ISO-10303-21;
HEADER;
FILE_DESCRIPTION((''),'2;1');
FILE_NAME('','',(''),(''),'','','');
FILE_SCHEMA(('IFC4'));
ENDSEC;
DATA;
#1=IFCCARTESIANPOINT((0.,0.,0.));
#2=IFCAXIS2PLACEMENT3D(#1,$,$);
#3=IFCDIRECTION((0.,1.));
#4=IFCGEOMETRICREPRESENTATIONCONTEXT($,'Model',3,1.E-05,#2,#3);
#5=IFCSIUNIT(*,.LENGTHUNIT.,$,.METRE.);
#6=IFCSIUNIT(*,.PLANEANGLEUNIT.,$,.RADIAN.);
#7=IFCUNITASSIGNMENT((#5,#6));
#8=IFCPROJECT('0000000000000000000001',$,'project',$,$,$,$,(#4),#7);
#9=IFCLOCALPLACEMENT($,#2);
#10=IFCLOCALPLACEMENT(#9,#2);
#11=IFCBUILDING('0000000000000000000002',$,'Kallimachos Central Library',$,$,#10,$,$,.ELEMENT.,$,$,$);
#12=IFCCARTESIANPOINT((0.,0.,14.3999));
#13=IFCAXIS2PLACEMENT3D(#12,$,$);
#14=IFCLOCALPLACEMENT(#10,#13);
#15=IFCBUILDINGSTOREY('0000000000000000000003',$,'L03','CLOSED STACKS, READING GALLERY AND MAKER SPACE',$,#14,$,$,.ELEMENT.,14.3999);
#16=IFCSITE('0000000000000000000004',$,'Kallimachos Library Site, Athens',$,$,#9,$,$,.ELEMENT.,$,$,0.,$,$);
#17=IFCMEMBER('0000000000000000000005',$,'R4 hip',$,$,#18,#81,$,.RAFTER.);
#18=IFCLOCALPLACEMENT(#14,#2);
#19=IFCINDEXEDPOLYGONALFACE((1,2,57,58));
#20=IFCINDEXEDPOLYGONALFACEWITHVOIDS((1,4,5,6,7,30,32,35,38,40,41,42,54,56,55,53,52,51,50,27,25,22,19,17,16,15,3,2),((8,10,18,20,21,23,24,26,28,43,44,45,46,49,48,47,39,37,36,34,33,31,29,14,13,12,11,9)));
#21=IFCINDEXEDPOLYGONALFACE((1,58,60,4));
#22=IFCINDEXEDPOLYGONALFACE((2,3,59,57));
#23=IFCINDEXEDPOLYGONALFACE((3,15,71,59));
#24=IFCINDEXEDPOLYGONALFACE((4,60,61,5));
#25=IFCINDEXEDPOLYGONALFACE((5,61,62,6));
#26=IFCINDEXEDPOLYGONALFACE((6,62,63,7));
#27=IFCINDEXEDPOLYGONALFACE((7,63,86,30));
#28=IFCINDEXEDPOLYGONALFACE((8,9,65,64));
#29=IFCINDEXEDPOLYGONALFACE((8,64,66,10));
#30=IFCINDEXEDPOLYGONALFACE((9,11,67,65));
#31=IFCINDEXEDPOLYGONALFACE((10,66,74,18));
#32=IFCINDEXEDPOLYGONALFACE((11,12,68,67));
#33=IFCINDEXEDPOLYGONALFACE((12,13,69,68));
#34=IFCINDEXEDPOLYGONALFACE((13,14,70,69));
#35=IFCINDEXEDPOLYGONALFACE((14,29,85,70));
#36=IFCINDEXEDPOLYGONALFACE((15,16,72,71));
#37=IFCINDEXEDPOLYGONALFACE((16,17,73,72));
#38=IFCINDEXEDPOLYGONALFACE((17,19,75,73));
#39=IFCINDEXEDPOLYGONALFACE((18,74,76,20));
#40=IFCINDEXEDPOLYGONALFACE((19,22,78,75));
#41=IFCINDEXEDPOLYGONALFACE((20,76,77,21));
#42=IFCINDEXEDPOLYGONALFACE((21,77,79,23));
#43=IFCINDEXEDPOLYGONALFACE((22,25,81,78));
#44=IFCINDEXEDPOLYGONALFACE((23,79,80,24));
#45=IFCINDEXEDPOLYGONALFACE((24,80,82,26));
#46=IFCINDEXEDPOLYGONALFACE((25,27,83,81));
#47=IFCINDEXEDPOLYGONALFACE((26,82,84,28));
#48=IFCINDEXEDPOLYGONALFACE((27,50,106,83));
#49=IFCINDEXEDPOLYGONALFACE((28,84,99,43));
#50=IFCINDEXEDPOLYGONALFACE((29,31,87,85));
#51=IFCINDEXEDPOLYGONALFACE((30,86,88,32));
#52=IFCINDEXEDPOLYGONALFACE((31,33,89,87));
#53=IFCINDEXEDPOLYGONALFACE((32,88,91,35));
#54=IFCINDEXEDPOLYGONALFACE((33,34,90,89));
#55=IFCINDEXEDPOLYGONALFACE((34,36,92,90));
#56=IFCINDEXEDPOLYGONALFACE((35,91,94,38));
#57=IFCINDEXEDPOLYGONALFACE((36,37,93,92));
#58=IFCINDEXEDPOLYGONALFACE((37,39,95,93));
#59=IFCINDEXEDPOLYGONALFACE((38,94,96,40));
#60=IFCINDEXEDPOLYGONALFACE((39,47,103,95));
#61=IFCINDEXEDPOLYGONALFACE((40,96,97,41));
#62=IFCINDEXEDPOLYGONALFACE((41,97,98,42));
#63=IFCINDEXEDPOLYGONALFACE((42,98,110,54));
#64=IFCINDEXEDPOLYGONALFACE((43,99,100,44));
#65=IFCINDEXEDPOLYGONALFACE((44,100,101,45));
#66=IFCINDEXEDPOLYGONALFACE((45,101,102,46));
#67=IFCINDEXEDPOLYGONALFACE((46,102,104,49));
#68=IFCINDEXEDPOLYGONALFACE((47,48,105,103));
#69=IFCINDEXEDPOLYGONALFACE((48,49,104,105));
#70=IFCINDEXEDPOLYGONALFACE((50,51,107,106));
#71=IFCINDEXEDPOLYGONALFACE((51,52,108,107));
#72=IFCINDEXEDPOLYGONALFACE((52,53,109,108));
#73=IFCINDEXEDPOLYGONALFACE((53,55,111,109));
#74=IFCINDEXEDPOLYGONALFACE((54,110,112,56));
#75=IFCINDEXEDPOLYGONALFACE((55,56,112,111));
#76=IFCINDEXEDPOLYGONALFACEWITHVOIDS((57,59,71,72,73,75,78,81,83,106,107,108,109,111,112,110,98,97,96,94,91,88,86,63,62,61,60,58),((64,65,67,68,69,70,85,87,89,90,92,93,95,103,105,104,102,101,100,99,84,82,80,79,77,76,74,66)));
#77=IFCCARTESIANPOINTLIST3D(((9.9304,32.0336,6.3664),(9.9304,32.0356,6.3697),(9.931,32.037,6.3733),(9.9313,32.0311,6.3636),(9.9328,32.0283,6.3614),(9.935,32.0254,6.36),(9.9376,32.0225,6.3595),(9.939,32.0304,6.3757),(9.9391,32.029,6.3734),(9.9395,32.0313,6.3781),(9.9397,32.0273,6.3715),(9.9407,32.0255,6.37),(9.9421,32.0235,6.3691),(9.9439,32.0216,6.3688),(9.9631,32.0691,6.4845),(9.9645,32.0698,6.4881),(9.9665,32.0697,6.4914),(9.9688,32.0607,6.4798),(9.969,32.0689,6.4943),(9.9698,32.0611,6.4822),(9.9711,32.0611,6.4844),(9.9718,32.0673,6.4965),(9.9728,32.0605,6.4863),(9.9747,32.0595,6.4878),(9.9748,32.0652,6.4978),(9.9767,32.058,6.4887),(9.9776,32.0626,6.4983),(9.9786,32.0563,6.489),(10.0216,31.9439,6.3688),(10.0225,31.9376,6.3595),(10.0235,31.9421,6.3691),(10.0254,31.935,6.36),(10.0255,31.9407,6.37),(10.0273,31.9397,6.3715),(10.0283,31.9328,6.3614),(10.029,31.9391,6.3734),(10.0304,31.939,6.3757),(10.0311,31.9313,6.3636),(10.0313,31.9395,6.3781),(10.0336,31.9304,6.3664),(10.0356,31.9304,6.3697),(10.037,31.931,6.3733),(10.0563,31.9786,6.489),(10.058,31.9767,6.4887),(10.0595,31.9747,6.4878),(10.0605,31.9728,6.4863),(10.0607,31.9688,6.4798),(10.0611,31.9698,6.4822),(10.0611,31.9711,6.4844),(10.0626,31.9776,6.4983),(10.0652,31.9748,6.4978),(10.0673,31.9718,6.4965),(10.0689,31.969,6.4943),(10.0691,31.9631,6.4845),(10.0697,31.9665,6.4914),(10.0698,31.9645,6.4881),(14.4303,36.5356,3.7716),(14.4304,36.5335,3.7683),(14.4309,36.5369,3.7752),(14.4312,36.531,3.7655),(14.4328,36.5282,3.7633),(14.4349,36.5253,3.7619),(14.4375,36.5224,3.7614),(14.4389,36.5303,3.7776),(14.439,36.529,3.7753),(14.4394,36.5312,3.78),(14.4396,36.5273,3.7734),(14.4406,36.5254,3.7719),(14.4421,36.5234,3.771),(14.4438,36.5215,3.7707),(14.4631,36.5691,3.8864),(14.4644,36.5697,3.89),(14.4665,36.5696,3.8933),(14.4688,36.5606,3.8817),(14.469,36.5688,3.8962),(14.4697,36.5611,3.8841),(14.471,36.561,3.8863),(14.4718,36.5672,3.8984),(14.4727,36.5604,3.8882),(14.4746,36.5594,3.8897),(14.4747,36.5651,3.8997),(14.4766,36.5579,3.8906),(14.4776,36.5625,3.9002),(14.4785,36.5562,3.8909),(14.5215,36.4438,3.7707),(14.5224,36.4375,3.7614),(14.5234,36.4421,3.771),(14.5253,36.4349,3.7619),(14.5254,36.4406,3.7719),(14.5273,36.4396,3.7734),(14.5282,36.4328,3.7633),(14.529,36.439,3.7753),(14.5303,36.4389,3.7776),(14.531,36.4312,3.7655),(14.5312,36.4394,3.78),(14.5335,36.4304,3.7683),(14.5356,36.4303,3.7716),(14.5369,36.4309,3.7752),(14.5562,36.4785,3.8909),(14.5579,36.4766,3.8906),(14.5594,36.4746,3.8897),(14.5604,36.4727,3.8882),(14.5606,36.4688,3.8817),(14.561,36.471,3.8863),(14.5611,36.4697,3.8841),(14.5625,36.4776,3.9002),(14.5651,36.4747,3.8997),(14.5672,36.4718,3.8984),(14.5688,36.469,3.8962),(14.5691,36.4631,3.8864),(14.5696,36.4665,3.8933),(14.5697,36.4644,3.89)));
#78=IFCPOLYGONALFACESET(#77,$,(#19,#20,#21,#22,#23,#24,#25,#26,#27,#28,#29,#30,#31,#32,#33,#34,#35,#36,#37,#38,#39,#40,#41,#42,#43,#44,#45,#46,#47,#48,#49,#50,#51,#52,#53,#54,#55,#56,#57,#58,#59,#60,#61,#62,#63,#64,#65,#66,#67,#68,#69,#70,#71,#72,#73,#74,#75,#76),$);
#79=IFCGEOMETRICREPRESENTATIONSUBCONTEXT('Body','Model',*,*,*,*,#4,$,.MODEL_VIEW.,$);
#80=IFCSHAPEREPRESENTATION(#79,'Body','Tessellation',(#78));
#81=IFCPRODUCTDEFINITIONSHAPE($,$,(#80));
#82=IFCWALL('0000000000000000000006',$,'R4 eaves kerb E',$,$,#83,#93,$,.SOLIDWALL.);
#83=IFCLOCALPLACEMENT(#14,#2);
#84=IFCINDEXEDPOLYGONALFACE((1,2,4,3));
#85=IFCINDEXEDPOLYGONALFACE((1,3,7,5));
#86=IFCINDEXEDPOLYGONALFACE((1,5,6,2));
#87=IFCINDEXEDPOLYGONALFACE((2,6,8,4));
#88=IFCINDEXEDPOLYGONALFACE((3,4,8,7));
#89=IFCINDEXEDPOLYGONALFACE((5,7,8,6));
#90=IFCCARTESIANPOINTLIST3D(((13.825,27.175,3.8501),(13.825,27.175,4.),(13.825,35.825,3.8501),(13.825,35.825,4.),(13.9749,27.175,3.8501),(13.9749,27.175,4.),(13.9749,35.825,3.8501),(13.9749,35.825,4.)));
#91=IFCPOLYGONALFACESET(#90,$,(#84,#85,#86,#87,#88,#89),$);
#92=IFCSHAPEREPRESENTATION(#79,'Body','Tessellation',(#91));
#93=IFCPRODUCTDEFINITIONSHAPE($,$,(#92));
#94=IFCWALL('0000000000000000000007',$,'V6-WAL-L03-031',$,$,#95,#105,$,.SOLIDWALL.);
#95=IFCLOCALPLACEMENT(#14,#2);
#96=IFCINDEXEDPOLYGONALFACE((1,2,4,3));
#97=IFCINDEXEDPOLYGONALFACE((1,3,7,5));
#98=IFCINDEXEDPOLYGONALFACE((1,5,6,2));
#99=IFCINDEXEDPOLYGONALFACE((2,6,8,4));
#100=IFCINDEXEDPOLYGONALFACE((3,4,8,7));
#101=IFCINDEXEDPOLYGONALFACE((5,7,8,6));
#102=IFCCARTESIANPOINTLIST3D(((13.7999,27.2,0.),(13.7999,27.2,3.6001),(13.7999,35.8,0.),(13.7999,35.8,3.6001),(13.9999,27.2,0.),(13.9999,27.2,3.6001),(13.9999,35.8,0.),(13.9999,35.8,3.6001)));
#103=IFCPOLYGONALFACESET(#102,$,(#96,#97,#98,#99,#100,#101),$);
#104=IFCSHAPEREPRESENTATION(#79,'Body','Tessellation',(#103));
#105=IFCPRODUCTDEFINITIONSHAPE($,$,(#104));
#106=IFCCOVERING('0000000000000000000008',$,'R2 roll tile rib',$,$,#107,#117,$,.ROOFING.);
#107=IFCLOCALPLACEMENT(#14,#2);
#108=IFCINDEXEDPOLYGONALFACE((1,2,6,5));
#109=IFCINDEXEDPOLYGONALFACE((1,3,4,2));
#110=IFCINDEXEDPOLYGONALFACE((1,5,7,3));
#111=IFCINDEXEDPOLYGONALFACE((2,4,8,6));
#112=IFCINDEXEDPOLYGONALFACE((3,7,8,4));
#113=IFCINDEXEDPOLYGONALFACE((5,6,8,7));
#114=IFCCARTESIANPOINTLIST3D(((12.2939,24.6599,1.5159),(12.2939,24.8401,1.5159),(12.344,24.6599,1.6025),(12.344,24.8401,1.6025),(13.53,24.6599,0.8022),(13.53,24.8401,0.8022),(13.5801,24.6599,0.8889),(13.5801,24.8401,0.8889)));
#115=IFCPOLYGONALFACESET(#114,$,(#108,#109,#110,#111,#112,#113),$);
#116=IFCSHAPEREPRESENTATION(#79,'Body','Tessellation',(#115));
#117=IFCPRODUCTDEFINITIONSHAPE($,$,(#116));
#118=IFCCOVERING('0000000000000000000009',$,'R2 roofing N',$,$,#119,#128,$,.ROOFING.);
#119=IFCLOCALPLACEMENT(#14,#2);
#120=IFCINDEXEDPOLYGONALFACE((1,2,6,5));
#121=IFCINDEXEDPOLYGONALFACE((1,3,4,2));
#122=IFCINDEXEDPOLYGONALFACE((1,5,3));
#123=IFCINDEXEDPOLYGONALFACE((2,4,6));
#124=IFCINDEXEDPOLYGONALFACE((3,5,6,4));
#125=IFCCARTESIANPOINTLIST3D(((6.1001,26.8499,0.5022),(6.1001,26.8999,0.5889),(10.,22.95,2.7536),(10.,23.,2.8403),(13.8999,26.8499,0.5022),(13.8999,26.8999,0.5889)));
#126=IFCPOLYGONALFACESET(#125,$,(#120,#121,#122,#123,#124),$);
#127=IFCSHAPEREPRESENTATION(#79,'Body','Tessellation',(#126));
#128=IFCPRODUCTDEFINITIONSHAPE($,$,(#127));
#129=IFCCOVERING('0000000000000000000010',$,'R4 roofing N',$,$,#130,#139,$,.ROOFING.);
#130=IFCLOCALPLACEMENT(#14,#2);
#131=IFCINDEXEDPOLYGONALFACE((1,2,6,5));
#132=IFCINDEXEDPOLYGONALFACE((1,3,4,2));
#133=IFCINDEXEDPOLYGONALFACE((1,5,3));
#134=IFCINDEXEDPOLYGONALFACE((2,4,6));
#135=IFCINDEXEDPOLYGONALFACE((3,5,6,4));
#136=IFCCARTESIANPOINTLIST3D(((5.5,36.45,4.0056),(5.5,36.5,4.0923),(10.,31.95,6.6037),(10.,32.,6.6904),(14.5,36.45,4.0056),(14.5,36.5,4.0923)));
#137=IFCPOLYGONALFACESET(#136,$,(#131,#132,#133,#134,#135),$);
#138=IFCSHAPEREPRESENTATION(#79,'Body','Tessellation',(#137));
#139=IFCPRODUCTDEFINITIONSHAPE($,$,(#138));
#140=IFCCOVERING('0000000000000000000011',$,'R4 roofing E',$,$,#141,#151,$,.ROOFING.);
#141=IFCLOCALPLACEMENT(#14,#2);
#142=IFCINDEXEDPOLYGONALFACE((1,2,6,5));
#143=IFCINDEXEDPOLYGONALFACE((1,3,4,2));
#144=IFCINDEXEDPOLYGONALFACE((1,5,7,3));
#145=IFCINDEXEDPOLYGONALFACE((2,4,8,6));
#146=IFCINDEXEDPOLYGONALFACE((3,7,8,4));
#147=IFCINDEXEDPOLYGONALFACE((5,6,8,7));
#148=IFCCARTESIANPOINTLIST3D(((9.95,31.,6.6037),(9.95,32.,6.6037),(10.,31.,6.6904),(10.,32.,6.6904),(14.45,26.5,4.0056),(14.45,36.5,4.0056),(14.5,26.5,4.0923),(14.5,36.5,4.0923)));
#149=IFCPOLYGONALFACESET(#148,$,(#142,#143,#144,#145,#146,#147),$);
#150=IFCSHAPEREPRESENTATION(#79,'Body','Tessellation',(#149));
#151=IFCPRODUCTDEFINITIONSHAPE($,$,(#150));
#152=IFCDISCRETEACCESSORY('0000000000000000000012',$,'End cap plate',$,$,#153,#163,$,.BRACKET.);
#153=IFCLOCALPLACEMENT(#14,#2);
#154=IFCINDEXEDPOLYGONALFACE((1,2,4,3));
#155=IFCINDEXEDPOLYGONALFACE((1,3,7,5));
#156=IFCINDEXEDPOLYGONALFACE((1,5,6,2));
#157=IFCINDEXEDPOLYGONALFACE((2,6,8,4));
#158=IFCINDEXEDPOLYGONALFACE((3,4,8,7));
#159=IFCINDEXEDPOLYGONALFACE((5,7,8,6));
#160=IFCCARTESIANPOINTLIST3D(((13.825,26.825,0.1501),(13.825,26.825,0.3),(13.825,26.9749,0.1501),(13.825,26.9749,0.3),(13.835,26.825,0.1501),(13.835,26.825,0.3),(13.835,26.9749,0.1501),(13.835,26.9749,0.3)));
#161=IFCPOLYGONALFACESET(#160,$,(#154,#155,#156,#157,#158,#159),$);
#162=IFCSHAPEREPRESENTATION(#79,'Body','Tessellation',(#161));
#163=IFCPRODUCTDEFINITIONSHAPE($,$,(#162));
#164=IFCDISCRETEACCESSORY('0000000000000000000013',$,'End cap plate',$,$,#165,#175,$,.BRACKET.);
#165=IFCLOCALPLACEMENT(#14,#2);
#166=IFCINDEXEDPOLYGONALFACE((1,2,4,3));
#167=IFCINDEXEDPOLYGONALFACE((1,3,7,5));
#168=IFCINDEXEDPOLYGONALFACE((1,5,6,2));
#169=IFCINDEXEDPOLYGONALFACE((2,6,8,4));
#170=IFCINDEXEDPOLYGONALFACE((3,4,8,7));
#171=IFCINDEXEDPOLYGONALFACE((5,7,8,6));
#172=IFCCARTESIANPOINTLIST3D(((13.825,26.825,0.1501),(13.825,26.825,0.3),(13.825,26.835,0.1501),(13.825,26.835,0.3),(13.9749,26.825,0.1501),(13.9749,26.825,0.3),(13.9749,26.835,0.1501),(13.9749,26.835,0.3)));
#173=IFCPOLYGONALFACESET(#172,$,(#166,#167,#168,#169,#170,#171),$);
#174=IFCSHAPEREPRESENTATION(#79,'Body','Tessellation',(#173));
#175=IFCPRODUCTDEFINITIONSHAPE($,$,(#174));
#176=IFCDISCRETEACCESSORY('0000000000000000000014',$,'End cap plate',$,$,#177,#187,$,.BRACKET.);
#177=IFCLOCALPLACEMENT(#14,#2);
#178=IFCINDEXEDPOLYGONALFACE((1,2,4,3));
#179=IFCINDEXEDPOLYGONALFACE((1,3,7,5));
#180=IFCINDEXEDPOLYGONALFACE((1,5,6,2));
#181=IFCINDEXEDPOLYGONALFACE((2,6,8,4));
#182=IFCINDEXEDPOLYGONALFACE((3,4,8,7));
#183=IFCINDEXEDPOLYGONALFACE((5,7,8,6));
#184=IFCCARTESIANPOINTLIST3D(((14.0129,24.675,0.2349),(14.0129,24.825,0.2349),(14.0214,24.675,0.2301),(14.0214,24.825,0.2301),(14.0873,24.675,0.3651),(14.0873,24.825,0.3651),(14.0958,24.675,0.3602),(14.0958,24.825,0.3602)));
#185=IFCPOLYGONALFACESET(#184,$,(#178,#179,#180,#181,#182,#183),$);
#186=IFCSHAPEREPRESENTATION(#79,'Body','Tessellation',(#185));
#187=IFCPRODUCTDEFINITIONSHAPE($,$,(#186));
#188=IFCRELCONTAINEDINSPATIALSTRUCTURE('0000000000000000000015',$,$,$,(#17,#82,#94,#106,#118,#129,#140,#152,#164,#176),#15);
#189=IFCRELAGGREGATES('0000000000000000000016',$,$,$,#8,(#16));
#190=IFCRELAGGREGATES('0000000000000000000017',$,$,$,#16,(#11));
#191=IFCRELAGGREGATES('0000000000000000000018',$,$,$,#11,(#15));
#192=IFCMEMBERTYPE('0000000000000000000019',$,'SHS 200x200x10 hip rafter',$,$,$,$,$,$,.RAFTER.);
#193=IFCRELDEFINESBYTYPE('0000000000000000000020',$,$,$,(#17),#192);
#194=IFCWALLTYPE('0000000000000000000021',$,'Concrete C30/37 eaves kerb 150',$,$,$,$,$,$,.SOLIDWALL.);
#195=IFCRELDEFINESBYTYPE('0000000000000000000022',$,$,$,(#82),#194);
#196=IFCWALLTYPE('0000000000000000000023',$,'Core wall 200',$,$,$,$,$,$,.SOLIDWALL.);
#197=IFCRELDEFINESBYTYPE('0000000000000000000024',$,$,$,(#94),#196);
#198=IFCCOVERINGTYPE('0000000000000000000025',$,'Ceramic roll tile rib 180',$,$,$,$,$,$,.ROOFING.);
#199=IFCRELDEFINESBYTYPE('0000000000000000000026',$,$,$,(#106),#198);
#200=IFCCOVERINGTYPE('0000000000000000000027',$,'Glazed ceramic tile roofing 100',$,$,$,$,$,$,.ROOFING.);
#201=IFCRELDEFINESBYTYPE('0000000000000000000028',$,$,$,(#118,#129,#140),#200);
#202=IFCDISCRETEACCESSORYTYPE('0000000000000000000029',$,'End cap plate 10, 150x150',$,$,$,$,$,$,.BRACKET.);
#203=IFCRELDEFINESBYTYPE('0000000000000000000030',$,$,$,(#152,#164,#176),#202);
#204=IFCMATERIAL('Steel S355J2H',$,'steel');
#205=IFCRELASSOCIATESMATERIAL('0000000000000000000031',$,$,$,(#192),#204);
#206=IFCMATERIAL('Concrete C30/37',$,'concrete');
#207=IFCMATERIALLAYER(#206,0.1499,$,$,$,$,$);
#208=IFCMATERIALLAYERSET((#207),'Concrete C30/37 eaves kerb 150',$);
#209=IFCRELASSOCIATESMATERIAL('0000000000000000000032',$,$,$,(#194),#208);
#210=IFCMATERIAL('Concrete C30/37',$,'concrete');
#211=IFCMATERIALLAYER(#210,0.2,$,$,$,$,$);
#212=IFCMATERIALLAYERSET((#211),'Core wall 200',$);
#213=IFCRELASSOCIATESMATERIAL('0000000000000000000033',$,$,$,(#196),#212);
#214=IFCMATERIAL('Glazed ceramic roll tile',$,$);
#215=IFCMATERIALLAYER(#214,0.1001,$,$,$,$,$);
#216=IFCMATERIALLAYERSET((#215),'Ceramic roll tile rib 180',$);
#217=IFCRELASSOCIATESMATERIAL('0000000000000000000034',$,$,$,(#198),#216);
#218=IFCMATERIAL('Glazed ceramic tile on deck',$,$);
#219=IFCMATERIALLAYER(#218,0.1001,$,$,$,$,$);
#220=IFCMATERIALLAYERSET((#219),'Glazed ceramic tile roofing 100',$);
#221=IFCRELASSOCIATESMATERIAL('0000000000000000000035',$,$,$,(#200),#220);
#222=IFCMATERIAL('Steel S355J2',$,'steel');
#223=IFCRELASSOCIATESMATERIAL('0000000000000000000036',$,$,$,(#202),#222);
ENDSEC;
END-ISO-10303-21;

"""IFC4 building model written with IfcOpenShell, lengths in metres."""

from ifc_helpers import new_model, si_unit, direction, frame, frame_2d, origin, origin_2d, place, context, subcontext, project, spatial, polyline, rectangle, hollow_rectangle, outline, extrude, material, layer, layer_set, material_profile, profile_set, type_object, element, save


model = new_model("IFC4")

# Units and contexts
model_context = context("Model", 3, precision=1e-05, world=origin(), true_north=direction((0.0, 1.0)))
body_context = subcontext(model_context, "Body", "Model", "MODEL_VIEW")
ifc_project = project(units=[si_unit("LENGTHUNIT", "METRE"), si_unit("PLANEANGLEUNIT", "RADIAN")], contexts=[model_context])

# Site, building, storey
site_placement = place(None, origin())
site = spatial("IfcSite", under=ifc_project, at=site_placement, Name="Kallimachos Library Site, Athens", CompositionType="ELEMENT", RefElevation=0.0)
building_placement = place(site_placement, origin())
building = spatial("IfcBuilding", under=site, at=building_placement, Name="Kallimachos Central Library", CompositionType="ELEMENT")
storey_placement = place(building_placement, frame((0.0, 0.0, 14.3999)))
storey = spatial("IfcBuildingStorey", under=building, at=storey_placement, Name="L03", Description="CLOSED STACKS, READING GALLERY AND MAKER SPACE", CompositionType="ELEMENT", Elevation=14.3999)

# Member
ifc_material_1 = material(Name="Steel S355J2H", Category="steel")
ifc_material_profile_1 = material_profile(ifc_material_1, hollow_rectangle(XDim=0.1499, YDim=0.1499, WallThickness=0.01, InnerFilletRadius=0.01, OuterFilletRadius=0.0149, at=origin_2d()), Name="SHS 150x150x10")
ifc_profile_set_1 = profile_set([ifc_material_profile_1], Name="Steel S355J2H")
member_type_1 = type_object("IfcMemberType", Name="SHS 200x200x10 hip rafter", PredefinedType="RAFTER", material=ifc_profile_set_1)
for number, where, z_axis, x_axis, name in (
    (1, (14.5, 36.5, 3.8308), (-0.654651, -0.654651, 0.377973), (0.707107, -0.707107, 0.0), "R4 hip"),
):
    element("IfcMember", number, at=place(storey_placement, frame(where, z_axis=z_axis, x_axis=x_axis)), inside=storey, type_object=member_type_1, Name=name, PredefinedType="RAFTER", context=body_context, shape_type="SweptSolid", body=[
        extrude(hollow_rectangle(XDim=0.1499, YDim=0.1499, WallThickness=0.01, InnerFilletRadius=0.01, OuterFilletRadius=0.0149, at=origin_2d()), origin(), (0.0, 0.0, 1.0), 6.8738),
    ])

# Walls
ifc_material_2 = material(Name="Concrete C30/37", Category="concrete")
ifc_layer_1 = layer(ifc_material_2, 0.1499)
ifc_layer_set_1 = layer_set([ifc_layer_1], Name="Concrete C30/37 eaves kerb 150")
wall_type_1 = type_object("IfcWallType", Name="Concrete C30/37 eaves kerb 150", PredefinedType="SOLIDWALL", material=ifc_layer_set_1)
wall_1_placement = place(storey_placement, frame((13.8999, 27.175, 3.8501), z_axis=(0.0, 0.0, 1.0), x_axis=(0.0, 1.0, 0.0)))
element("IfcWall", 2, at=wall_1_placement, inside=storey, type_object=wall_type_1, Name="R4 eaves kerb E", PredefinedType="SOLIDWALL", context=body_context, shape_type="SweptSolid", body=[
    extrude(rectangle(XDim=8.6499, YDim=0.1499, at=frame_2d((4.325, 0.0))), origin(), (0.0, 0.0, 1.0), 0.1499),
])
ifc_material_3 = material(Name="Concrete C30/37", Category="concrete")
ifc_layer_2 = layer(ifc_material_3, 0.2)
ifc_layer_set_2 = layer_set([ifc_layer_2], Name="Core wall 200")
wall_type_2 = type_object("IfcWallType", Name="Core wall 200", PredefinedType="SOLIDWALL", material=ifc_layer_set_2)
wall_2_placement = place(storey_placement, frame((13.8999, 27.2, 0.0), z_axis=(0.0, 0.0, 1.0), x_axis=(0.0, 1.0, 0.0)))
element("IfcWall", 3, at=wall_2_placement, inside=storey, type_object=wall_type_2, Name="V6-WAL-L03-031", PredefinedType="SOLIDWALL", context=body_context, shape_type="SweptSolid", body=[
    extrude(rectangle(XDim=8.6001, YDim=0.2, at=frame_2d((4.3, 0.0))), origin(), (0.0, 0.0, 1.0), 3.6001),
])

# Coverings
ifc_material_4 = material(Name="Glazed ceramic roll tile")
ifc_layer_3 = layer(ifc_material_4, 0.1001)
ifc_layer_set_3 = layer_set([ifc_layer_3], Name="Ceramic roll tile rib 180")
covering_type_1 = type_object("IfcCoveringType", Name="Ceramic roll tile rib 180", PredefinedType="ROOFING", material=ifc_layer_set_3)
covering_1_placement = place(storey_placement, frame((12.344, 24.6599, 1.6025), z_axis=(0.499984, 0.0, 0.866035), x_axis=(0.866035, 0.0, -0.499984)))
element("IfcCovering", 4, at=covering_1_placement, inside=storey, type_object=covering_type_1, Name="R2 roll tile rib", PredefinedType="ROOFING", context=body_context, shape_type="SweptSolid", body=[
    extrude(outline(polyline([(0.0, 0.0), (1.4273, 0.0), (1.4273, 0.1802), (0.0, 0.1802), (0.0, 0.0)])), origin(), (0.0, 0.0, -1.0), 0.1001),
])
ifc_material_5 = material(Name="Glazed ceramic tile on deck")
ifc_layer_4 = layer(ifc_material_5, 0.1001)
ifc_layer_set_4 = layer_set([ifc_layer_4], Name="Glazed ceramic tile roofing 100")
covering_type_2 = type_object("IfcCoveringType", Name="Glazed ceramic tile roofing 100", PredefinedType="ROOFING", material=ifc_layer_set_4)
covering_2_placement = place(storey_placement, frame((13.8999, 26.8999, 0.5889), z_axis=(0.0, 0.499976, 0.866039), x_axis=(-1.0, 0.0, 0.0)))
element("IfcCovering", 5, at=covering_2_placement, inside=storey, type_object=covering_type_2, Name="R2 roofing N", PredefinedType="ROOFING", context=body_context, shape_type="SweptSolid", body=[
    extrude(outline(polyline([(0.0, 0.0), (7.7998, 0.0), (3.8999, 4.5031), (0.0, 0.0)])), origin(), (0.0, 0.0, -1.0), 0.1001),
])
covering_3_placement = place(storey_placement, frame((14.5, 36.5, 4.0923), z_axis=(0.0, 0.50001, 0.86602), x_axis=(-1.0, 0.0, 0.0)))
element("IfcCovering", 6, at=covering_3_placement, inside=storey, type_object=covering_type_2, Name="R4 roofing N", PredefinedType="ROOFING", context=body_context, shape_type="SweptSolid", body=[
    extrude(outline(polyline([(0.0, 0.0), (9.0, 0.0), (4.5, 5.1962), (0.0, 0.0)])), origin(), (0.0, 0.0, -1.0), 0.1001),
])
covering_4_placement = place(storey_placement, frame((14.5, 26.5, 4.0923), z_axis=(0.50001, 0.0, 0.86602), x_axis=(0.0, 1.0, 0.0)))
element("IfcCovering", 7, at=covering_4_placement, inside=storey, type_object=covering_type_2, Name="R4 roofing E", PredefinedType="ROOFING", context=body_context, shape_type="SweptSolid", body=[
    extrude(outline(polyline([(0.0, 0.0), (10.0, 0.0), (5.5, 5.1962), (4.5, 5.1962), (0.0, 0.0)])), origin(), (0.0, 0.0, -1.0), 0.1001),
])

# Discrete accessories
ifc_material_6 = material(Name="Steel S355J2", Category="steel")
ifc_material_profile_2 = material_profile(ifc_material_6, rectangle(XDim=0.1499, YDim=0.1499, at=origin_2d()), Name="End cap plate 10, 150x150")
ifc_profile_set_2 = profile_set([ifc_material_profile_2], Name="Steel S355J2")
discrete_accessory_type = type_object("IfcDiscreteAccessoryType", Name="End cap plate 10, 150x150", PredefinedType="BRACKET", material=ifc_profile_set_2)
for number, where, z_axis, x_axis, name in (
    (8, (13.825, 26.8999, 0.2251), (1.0, 0.0, 0.0), (0.0, 1.0, 0.0), "End cap plate"),
    (9, (13.8999, 26.825, 0.2251), (0.0, 1.0, 0.0), (-1.0, 0.0, 0.0), "End cap plate"),
):
    element("IfcDiscreteAccessory", number, at=place(storey_placement, frame(where, z_axis=z_axis, x_axis=x_axis)), inside=storey, type_object=discrete_accessory_type, Name=name, PredefinedType="BRACKET", context=body_context, shape_type="SweptSolid", body=[
        extrude(rectangle(XDim=0.1499, YDim=0.1499, at=origin_2d()), origin(), (0.0, 0.0, 1.0), 0.01),
    ])
discrete_accessory_placement = place(storey_placement, frame((14.0586, 24.75, 0.2952), z_axis=(-0.868243, 0.0, 0.496139), x_axis=(0.0, -1.0, 0.0)))
element("IfcDiscreteAccessory", 10, at=discrete_accessory_placement, inside=storey, type_object=discrete_accessory_type, Name="End cap plate", PredefinedType="BRACKET", context=body_context, shape_type="SweptSolid", body=[
    extrude(rectangle(XDim=0.1499, YDim=0.1499, at=origin_2d()), origin(), (0.0, 0.0, 1.0), 0.0098),
])

save(model, "model.ifc")
